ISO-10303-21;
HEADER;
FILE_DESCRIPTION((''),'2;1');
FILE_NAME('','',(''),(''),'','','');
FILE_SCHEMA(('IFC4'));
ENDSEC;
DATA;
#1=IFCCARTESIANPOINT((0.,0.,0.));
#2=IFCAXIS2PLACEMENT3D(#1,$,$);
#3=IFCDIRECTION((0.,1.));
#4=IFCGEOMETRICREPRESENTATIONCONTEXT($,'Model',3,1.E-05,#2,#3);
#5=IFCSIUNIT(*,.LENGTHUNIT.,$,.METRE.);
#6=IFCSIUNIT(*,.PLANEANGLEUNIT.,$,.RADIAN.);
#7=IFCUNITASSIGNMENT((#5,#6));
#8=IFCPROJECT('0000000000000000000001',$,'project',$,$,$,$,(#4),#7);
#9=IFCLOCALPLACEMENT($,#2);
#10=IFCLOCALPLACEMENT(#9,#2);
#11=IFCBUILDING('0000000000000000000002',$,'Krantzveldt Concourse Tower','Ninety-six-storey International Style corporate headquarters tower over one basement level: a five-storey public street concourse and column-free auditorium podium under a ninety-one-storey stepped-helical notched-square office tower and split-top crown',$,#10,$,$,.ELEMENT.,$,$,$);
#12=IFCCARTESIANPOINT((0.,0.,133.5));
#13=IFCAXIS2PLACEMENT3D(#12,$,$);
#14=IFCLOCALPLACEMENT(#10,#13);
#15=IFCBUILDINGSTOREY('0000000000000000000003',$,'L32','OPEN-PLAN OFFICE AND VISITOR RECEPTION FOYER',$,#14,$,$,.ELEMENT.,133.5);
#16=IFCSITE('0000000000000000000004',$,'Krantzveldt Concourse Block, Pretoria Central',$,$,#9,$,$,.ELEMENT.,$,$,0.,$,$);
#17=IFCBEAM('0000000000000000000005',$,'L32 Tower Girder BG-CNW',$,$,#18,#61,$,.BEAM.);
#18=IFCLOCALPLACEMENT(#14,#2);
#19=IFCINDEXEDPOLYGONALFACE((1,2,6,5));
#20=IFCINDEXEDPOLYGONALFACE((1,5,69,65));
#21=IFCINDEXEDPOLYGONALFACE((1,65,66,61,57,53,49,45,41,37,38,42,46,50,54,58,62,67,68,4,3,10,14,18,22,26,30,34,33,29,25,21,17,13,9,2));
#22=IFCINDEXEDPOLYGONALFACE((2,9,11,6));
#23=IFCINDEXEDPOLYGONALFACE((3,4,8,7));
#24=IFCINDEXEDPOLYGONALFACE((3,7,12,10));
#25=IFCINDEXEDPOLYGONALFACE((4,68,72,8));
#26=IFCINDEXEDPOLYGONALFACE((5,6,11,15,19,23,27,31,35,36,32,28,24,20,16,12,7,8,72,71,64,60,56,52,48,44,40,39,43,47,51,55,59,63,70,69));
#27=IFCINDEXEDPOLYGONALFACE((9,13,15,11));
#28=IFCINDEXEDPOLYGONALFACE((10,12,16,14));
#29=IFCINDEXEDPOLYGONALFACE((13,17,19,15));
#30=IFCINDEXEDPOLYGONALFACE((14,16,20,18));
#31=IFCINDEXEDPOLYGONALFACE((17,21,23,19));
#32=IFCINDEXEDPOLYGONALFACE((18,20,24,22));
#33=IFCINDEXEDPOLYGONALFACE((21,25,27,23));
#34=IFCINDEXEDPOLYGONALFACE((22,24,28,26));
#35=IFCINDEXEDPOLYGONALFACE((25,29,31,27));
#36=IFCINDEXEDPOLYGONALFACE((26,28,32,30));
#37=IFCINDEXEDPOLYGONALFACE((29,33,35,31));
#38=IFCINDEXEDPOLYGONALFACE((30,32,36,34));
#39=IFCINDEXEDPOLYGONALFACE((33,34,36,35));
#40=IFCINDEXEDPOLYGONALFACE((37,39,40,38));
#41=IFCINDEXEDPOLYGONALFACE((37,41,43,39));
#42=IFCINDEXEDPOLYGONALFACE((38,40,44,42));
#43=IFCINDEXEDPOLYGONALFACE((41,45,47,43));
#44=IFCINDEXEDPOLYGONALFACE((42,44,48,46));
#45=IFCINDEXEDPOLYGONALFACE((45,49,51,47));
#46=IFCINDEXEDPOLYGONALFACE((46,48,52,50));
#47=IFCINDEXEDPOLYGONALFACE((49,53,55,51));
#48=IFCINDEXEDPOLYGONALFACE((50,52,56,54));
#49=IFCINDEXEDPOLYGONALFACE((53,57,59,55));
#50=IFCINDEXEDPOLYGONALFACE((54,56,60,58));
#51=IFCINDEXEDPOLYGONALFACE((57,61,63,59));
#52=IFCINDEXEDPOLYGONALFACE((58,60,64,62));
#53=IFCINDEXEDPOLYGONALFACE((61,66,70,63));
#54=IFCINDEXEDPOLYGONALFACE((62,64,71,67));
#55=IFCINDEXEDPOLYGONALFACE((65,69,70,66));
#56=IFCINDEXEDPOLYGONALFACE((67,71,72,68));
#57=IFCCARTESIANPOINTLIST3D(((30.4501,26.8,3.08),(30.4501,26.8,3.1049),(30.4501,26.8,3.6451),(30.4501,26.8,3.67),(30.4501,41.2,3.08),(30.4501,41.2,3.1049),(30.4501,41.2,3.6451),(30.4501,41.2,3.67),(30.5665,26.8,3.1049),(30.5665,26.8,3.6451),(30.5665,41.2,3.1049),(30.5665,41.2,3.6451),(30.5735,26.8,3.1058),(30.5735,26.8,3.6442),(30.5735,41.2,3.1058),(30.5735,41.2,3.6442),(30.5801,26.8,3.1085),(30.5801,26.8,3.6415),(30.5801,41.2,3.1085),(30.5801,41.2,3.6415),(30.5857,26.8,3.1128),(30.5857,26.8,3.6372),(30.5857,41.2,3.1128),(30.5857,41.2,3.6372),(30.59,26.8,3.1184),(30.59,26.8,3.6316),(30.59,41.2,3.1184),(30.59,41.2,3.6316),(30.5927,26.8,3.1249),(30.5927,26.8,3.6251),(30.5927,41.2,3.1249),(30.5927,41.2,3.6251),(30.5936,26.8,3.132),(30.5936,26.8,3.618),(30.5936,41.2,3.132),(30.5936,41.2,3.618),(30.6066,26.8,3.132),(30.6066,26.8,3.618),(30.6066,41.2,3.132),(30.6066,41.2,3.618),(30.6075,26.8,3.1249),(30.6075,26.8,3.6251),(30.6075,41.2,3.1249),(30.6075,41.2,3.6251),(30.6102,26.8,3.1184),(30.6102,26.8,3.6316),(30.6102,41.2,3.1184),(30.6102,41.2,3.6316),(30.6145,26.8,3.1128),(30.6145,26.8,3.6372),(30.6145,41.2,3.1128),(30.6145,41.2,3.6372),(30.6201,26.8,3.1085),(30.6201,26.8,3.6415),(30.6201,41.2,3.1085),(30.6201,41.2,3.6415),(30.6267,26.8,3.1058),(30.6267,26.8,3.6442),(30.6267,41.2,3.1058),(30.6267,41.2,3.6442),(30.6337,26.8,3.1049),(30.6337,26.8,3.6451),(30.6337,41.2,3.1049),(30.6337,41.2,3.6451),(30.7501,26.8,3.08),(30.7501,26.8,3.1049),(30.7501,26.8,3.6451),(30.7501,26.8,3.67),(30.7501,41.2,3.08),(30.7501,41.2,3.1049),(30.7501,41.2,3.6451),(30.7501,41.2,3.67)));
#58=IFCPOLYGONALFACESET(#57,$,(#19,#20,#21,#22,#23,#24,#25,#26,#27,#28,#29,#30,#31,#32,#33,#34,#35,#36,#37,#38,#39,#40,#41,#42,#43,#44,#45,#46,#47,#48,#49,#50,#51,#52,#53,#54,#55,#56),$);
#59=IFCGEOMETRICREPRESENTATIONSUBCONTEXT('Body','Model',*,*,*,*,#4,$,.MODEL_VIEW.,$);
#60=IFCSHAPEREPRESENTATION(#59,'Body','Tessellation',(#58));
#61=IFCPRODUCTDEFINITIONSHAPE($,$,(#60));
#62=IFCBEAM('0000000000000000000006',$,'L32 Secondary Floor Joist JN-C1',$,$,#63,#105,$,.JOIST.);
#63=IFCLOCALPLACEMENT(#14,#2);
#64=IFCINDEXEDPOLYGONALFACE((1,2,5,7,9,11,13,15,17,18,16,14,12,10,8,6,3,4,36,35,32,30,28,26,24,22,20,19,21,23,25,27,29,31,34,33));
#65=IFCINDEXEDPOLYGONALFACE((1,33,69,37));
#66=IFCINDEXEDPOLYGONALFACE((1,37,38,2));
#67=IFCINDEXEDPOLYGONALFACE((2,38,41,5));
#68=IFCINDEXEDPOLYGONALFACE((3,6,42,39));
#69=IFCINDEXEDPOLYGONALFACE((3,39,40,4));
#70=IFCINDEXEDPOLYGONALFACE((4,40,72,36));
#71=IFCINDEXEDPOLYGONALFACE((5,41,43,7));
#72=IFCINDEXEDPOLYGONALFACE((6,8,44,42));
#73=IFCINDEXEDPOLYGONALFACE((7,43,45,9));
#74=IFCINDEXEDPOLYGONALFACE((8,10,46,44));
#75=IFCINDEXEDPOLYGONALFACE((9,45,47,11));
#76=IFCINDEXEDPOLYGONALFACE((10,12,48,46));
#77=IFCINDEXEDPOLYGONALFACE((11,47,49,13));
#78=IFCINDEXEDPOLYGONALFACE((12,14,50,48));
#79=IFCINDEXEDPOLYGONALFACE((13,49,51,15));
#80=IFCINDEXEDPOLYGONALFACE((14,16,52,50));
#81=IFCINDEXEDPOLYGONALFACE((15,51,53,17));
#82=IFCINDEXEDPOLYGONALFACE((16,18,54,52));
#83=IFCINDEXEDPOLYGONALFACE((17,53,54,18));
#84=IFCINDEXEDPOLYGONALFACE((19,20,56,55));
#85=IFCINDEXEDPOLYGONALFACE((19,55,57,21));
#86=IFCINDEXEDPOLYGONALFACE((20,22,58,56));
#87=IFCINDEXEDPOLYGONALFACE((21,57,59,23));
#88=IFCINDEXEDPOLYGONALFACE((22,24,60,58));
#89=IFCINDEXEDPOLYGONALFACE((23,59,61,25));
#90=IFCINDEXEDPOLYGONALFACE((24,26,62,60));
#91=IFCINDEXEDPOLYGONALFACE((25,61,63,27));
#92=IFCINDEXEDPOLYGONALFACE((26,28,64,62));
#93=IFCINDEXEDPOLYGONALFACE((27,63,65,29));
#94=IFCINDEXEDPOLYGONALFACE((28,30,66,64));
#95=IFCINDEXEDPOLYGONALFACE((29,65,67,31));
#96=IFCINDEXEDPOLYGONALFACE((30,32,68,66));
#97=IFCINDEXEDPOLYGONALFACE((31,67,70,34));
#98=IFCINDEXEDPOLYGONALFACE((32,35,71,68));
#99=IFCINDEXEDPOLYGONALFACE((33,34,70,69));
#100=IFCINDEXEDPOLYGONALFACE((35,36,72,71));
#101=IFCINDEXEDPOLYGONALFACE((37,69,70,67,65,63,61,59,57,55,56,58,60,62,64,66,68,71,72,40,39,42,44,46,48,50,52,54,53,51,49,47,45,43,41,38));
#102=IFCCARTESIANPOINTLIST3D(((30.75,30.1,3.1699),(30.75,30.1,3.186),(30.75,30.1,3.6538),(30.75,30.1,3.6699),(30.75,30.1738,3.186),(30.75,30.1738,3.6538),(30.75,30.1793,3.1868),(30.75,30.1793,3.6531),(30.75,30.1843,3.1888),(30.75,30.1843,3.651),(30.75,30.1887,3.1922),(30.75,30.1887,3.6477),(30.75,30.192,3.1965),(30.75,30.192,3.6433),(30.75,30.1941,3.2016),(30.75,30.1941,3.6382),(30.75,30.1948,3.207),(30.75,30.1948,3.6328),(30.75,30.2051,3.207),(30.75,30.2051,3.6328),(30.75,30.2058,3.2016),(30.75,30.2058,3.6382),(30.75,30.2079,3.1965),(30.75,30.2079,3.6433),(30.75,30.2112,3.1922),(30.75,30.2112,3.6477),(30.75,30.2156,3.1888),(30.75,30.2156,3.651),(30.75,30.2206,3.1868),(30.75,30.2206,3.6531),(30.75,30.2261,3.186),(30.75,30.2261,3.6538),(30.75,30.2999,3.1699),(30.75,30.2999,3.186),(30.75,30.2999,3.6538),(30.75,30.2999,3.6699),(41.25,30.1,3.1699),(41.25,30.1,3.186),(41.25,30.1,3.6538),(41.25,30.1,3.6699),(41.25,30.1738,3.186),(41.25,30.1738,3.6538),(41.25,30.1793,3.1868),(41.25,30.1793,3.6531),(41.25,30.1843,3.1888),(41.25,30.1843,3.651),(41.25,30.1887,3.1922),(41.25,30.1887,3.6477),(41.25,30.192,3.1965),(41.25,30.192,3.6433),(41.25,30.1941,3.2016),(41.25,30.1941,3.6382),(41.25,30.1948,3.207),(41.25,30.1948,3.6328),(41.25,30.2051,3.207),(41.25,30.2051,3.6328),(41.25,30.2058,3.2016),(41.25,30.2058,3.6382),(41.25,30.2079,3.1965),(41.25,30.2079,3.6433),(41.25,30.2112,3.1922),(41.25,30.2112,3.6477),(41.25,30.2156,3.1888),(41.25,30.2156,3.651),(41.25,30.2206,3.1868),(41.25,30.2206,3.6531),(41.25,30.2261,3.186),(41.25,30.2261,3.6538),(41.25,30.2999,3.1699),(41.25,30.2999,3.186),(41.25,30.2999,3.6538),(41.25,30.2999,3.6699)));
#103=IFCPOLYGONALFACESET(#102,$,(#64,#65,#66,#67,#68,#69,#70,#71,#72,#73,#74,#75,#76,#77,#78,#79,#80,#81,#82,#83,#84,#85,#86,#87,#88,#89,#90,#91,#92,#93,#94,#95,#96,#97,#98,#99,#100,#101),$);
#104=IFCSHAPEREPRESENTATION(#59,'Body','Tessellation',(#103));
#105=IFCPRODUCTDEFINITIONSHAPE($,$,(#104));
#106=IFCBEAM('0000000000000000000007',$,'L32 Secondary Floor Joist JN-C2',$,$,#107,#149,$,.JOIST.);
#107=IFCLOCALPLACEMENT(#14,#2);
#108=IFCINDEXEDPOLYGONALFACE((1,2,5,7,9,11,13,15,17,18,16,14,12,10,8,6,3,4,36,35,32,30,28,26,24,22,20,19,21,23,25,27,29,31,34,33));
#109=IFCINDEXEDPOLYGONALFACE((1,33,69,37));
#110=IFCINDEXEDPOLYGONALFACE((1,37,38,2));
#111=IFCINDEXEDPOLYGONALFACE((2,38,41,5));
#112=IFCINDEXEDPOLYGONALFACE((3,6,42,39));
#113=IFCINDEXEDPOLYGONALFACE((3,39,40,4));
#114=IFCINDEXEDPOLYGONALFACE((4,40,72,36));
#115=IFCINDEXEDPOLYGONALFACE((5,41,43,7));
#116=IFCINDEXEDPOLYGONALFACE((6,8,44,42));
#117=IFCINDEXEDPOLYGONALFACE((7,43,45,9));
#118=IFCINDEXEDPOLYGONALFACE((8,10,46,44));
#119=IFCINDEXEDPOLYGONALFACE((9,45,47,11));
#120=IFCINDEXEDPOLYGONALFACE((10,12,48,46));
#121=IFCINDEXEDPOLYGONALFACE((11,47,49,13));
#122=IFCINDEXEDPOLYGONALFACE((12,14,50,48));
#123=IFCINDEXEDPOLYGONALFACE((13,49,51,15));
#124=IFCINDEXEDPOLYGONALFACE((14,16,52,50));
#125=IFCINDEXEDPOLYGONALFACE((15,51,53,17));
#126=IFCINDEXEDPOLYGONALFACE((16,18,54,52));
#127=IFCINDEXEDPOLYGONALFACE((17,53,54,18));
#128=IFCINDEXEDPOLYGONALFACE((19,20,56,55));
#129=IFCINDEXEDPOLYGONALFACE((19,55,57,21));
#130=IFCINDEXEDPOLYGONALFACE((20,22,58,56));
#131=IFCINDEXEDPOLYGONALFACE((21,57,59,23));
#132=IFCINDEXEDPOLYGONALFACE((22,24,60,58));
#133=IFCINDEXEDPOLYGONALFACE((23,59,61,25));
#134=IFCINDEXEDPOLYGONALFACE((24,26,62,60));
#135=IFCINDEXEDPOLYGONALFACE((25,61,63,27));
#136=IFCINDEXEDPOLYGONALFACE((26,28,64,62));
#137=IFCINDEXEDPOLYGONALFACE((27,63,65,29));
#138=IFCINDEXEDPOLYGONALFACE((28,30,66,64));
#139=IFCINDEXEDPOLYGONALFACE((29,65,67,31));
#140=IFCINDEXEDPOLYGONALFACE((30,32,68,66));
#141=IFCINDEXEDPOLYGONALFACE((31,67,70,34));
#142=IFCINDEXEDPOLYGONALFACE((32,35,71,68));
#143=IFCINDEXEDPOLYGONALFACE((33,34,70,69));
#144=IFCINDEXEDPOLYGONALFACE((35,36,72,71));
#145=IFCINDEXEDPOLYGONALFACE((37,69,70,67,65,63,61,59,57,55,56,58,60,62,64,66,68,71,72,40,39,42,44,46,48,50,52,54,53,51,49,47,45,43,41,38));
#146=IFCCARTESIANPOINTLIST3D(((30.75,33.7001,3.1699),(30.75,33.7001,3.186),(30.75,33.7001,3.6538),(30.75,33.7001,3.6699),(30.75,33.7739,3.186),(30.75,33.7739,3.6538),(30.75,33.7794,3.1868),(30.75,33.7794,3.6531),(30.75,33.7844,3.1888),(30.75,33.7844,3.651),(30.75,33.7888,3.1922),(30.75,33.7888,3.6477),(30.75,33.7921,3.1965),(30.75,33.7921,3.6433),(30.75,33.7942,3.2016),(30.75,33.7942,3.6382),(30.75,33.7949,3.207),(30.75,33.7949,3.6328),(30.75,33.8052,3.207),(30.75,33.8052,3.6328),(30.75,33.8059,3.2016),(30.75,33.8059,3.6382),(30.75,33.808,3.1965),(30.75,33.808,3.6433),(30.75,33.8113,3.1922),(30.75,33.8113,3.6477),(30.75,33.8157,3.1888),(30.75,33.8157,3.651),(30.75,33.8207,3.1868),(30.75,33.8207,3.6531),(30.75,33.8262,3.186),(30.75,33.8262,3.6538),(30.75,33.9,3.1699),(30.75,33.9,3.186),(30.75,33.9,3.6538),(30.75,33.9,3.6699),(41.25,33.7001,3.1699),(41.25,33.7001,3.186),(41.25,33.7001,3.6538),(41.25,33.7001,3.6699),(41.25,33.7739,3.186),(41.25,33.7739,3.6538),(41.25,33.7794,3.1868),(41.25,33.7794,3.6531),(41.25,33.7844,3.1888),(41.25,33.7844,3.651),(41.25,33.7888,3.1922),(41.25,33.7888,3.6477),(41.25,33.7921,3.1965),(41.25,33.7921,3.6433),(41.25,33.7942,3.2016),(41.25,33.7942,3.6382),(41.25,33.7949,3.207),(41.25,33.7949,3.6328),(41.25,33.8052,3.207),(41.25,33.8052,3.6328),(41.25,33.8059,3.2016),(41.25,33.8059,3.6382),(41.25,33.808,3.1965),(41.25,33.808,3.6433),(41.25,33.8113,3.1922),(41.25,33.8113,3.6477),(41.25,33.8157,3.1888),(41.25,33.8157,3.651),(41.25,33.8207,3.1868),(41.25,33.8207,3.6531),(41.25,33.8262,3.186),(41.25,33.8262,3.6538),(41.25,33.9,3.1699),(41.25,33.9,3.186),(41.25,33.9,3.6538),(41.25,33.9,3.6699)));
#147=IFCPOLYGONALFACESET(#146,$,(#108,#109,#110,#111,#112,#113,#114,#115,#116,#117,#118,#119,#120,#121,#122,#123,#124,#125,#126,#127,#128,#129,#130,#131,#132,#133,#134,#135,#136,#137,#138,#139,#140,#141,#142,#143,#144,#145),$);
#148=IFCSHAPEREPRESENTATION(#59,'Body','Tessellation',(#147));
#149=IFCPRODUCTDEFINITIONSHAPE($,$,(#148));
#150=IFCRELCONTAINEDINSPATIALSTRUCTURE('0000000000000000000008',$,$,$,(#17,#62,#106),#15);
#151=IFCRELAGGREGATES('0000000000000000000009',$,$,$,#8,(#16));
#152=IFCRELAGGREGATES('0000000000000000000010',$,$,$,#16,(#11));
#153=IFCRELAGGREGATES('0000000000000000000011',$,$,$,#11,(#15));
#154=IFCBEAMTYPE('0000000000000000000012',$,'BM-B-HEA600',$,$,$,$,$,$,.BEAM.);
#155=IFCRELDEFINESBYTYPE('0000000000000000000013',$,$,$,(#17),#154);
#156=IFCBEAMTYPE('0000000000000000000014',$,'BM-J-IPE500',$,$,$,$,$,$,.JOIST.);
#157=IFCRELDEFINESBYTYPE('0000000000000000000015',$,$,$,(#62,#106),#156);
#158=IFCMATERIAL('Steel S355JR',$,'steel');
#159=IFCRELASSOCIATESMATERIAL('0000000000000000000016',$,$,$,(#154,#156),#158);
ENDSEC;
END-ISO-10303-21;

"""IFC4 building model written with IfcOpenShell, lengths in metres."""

from ifc_helpers import new_model, si_unit, direction, frame, origin, origin_2d, place, context, subcontext, project, spatial, i_section, extrude, source, transform, mapped, material, material_profile, profile_set, type_object, type_shapes, element, save


model = new_model("IFC4")

# Units and contexts
model_context = context("Model", 3, precision=1e-05, world=origin(), true_north=direction((0.0, 1.0)))
body_context = subcontext(model_context, "Body", "Model", "MODEL_VIEW")
ifc_project = project(units=[si_unit("LENGTHUNIT", "METRE"), si_unit("PLANEANGLEUNIT", "RADIAN")], contexts=[model_context])

# Site, building, storey
site_placement = place(None, origin())
site = spatial("IfcSite", under=ifc_project, at=site_placement, Name="Krantzveldt Concourse Block, Pretoria Central", CompositionType="ELEMENT", RefElevation=0.0)
building_placement = place(site_placement, origin())
building = spatial("IfcBuilding", under=site, at=building_placement, Name="Krantzveldt Concourse Tower", Description="Ninety-six-storey International Style corporate headquarters tower over one basement level: a five-storey public street concourse and column-free auditorium podium under a ninety-one-storey stepped-helical notched-square office tower and split-top crown", CompositionType="ELEMENT")
storey_placement = place(building_placement, frame((0.0, 0.0, 133.5)))
storey = spatial("IfcBuildingStorey", under=building, at=storey_placement, Name="L32", Description="OPEN-PLAN OFFICE AND VISITOR RECEPTION FOYER", CompositionType="ELEMENT", Elevation=133.5)

# Beams
ifc_material_1 = material(Name="Steel S355JR", Category="steel")
ifc_material_profile_1 = material_profile(ifc_material_1, i_section(OverallWidth=0.3, OverallDepth=0.5901, WebThickness=0.0129, FlangeThickness=0.0249, FilletRadius=0.0271, at=origin_2d()), Name="Steel S355JR", Category="steel")
ifc_profile_set_1 = profile_set([ifc_material_profile_1], Name="Steel S355JR - HEA 600")
beam_type_1 = type_object("IfcBeamType", Name="BM-B-HEA600", PredefinedType="BEAM", material=ifc_profile_set_1)
shared_shape_1 = source(origin(), body_context, "Body", "SweptSolid", [
    extrude(i_section(OverallWidth=0.3, OverallDepth=0.5901, WebThickness=0.0129, FlangeThickness=0.0249, FilletRadius=0.0271, at=origin_2d()), origin(), (0.0, 0.0, 1.0), 14.3999),
])
type_shapes(beam_type_1, [shared_shape_1])
beam_1_placement = place(storey_placement, frame((30.6001, 26.8, 3.375), z_axis=(0.0, 1.0, 0.0), x_axis=(-1.0, 0.0, 0.0)))
element("IfcBeam", 1, at=beam_1_placement, inside=storey, type_object=beam_type_1, Name="L32 Tower Girder BG-CNW", PredefinedType="BEAM", context=body_context, shape_type="MappedRepresentation", body=[
    mapped(shared_shape_1, transform((0.0, 0.0, 0.0), x_axis=(1.0, 0.0, 0.0), y_axis=(0.0, 1.0, 0.0), z_axis=(0.0, 0.0, 1.0), scale=1.0)),
])
ifc_material_profile_2 = material_profile(ifc_material_1, i_section(OverallWidth=0.2, OverallDepth=0.5, WebThickness=0.0103, FlangeThickness=0.0161, FilletRadius=0.021, at=origin_2d()), Name="Steel S355JR", Category="steel")
ifc_profile_set_2 = profile_set([ifc_material_profile_2], Name="Steel S355JR - IPE 500")
beam_type_2 = type_object("IfcBeamType", Name="BM-J-IPE500", PredefinedType="JOIST", material=ifc_profile_set_2)
shared_shape_2 = source(origin(), body_context, "Body", "SweptSolid", [
    extrude(i_section(OverallWidth=0.2, OverallDepth=0.5, WebThickness=0.0103, FlangeThickness=0.0161, FilletRadius=0.021, at=origin_2d()), origin(), (0.0, 0.0, 1.0), 10.5),
])
for number, where, z_axis, x_axis, name in (
    (2, (30.75, 30.2, 3.4199), (1.0, 0.0, 0.0), (0.0, 1.0, 0.0), "L32 Secondary Floor Joist JN-C1"),
    (3, (30.75, 33.8, 3.4199), (1.0, 0.0, 0.0), (0.0, 1.0, 0.0), "L32 Secondary Floor Joist JN-C2"),
):
    element("IfcBeam", number, at=place(storey_placement, frame(where, z_axis=z_axis, x_axis=x_axis)), inside=storey, type_object=beam_type_2, Name=name, PredefinedType="JOIST", context=body_context, shape_type="MappedRepresentation", body=[
        mapped(shared_shape_2, transform((0.0, 0.0, 0.0), x_axis=(1.0, 0.0, 0.0), y_axis=(0.0, 1.0, 0.0), z_axis=(0.0, 0.0, 1.0), scale=1.0)),
    ])

save(model, "model.ifc")
